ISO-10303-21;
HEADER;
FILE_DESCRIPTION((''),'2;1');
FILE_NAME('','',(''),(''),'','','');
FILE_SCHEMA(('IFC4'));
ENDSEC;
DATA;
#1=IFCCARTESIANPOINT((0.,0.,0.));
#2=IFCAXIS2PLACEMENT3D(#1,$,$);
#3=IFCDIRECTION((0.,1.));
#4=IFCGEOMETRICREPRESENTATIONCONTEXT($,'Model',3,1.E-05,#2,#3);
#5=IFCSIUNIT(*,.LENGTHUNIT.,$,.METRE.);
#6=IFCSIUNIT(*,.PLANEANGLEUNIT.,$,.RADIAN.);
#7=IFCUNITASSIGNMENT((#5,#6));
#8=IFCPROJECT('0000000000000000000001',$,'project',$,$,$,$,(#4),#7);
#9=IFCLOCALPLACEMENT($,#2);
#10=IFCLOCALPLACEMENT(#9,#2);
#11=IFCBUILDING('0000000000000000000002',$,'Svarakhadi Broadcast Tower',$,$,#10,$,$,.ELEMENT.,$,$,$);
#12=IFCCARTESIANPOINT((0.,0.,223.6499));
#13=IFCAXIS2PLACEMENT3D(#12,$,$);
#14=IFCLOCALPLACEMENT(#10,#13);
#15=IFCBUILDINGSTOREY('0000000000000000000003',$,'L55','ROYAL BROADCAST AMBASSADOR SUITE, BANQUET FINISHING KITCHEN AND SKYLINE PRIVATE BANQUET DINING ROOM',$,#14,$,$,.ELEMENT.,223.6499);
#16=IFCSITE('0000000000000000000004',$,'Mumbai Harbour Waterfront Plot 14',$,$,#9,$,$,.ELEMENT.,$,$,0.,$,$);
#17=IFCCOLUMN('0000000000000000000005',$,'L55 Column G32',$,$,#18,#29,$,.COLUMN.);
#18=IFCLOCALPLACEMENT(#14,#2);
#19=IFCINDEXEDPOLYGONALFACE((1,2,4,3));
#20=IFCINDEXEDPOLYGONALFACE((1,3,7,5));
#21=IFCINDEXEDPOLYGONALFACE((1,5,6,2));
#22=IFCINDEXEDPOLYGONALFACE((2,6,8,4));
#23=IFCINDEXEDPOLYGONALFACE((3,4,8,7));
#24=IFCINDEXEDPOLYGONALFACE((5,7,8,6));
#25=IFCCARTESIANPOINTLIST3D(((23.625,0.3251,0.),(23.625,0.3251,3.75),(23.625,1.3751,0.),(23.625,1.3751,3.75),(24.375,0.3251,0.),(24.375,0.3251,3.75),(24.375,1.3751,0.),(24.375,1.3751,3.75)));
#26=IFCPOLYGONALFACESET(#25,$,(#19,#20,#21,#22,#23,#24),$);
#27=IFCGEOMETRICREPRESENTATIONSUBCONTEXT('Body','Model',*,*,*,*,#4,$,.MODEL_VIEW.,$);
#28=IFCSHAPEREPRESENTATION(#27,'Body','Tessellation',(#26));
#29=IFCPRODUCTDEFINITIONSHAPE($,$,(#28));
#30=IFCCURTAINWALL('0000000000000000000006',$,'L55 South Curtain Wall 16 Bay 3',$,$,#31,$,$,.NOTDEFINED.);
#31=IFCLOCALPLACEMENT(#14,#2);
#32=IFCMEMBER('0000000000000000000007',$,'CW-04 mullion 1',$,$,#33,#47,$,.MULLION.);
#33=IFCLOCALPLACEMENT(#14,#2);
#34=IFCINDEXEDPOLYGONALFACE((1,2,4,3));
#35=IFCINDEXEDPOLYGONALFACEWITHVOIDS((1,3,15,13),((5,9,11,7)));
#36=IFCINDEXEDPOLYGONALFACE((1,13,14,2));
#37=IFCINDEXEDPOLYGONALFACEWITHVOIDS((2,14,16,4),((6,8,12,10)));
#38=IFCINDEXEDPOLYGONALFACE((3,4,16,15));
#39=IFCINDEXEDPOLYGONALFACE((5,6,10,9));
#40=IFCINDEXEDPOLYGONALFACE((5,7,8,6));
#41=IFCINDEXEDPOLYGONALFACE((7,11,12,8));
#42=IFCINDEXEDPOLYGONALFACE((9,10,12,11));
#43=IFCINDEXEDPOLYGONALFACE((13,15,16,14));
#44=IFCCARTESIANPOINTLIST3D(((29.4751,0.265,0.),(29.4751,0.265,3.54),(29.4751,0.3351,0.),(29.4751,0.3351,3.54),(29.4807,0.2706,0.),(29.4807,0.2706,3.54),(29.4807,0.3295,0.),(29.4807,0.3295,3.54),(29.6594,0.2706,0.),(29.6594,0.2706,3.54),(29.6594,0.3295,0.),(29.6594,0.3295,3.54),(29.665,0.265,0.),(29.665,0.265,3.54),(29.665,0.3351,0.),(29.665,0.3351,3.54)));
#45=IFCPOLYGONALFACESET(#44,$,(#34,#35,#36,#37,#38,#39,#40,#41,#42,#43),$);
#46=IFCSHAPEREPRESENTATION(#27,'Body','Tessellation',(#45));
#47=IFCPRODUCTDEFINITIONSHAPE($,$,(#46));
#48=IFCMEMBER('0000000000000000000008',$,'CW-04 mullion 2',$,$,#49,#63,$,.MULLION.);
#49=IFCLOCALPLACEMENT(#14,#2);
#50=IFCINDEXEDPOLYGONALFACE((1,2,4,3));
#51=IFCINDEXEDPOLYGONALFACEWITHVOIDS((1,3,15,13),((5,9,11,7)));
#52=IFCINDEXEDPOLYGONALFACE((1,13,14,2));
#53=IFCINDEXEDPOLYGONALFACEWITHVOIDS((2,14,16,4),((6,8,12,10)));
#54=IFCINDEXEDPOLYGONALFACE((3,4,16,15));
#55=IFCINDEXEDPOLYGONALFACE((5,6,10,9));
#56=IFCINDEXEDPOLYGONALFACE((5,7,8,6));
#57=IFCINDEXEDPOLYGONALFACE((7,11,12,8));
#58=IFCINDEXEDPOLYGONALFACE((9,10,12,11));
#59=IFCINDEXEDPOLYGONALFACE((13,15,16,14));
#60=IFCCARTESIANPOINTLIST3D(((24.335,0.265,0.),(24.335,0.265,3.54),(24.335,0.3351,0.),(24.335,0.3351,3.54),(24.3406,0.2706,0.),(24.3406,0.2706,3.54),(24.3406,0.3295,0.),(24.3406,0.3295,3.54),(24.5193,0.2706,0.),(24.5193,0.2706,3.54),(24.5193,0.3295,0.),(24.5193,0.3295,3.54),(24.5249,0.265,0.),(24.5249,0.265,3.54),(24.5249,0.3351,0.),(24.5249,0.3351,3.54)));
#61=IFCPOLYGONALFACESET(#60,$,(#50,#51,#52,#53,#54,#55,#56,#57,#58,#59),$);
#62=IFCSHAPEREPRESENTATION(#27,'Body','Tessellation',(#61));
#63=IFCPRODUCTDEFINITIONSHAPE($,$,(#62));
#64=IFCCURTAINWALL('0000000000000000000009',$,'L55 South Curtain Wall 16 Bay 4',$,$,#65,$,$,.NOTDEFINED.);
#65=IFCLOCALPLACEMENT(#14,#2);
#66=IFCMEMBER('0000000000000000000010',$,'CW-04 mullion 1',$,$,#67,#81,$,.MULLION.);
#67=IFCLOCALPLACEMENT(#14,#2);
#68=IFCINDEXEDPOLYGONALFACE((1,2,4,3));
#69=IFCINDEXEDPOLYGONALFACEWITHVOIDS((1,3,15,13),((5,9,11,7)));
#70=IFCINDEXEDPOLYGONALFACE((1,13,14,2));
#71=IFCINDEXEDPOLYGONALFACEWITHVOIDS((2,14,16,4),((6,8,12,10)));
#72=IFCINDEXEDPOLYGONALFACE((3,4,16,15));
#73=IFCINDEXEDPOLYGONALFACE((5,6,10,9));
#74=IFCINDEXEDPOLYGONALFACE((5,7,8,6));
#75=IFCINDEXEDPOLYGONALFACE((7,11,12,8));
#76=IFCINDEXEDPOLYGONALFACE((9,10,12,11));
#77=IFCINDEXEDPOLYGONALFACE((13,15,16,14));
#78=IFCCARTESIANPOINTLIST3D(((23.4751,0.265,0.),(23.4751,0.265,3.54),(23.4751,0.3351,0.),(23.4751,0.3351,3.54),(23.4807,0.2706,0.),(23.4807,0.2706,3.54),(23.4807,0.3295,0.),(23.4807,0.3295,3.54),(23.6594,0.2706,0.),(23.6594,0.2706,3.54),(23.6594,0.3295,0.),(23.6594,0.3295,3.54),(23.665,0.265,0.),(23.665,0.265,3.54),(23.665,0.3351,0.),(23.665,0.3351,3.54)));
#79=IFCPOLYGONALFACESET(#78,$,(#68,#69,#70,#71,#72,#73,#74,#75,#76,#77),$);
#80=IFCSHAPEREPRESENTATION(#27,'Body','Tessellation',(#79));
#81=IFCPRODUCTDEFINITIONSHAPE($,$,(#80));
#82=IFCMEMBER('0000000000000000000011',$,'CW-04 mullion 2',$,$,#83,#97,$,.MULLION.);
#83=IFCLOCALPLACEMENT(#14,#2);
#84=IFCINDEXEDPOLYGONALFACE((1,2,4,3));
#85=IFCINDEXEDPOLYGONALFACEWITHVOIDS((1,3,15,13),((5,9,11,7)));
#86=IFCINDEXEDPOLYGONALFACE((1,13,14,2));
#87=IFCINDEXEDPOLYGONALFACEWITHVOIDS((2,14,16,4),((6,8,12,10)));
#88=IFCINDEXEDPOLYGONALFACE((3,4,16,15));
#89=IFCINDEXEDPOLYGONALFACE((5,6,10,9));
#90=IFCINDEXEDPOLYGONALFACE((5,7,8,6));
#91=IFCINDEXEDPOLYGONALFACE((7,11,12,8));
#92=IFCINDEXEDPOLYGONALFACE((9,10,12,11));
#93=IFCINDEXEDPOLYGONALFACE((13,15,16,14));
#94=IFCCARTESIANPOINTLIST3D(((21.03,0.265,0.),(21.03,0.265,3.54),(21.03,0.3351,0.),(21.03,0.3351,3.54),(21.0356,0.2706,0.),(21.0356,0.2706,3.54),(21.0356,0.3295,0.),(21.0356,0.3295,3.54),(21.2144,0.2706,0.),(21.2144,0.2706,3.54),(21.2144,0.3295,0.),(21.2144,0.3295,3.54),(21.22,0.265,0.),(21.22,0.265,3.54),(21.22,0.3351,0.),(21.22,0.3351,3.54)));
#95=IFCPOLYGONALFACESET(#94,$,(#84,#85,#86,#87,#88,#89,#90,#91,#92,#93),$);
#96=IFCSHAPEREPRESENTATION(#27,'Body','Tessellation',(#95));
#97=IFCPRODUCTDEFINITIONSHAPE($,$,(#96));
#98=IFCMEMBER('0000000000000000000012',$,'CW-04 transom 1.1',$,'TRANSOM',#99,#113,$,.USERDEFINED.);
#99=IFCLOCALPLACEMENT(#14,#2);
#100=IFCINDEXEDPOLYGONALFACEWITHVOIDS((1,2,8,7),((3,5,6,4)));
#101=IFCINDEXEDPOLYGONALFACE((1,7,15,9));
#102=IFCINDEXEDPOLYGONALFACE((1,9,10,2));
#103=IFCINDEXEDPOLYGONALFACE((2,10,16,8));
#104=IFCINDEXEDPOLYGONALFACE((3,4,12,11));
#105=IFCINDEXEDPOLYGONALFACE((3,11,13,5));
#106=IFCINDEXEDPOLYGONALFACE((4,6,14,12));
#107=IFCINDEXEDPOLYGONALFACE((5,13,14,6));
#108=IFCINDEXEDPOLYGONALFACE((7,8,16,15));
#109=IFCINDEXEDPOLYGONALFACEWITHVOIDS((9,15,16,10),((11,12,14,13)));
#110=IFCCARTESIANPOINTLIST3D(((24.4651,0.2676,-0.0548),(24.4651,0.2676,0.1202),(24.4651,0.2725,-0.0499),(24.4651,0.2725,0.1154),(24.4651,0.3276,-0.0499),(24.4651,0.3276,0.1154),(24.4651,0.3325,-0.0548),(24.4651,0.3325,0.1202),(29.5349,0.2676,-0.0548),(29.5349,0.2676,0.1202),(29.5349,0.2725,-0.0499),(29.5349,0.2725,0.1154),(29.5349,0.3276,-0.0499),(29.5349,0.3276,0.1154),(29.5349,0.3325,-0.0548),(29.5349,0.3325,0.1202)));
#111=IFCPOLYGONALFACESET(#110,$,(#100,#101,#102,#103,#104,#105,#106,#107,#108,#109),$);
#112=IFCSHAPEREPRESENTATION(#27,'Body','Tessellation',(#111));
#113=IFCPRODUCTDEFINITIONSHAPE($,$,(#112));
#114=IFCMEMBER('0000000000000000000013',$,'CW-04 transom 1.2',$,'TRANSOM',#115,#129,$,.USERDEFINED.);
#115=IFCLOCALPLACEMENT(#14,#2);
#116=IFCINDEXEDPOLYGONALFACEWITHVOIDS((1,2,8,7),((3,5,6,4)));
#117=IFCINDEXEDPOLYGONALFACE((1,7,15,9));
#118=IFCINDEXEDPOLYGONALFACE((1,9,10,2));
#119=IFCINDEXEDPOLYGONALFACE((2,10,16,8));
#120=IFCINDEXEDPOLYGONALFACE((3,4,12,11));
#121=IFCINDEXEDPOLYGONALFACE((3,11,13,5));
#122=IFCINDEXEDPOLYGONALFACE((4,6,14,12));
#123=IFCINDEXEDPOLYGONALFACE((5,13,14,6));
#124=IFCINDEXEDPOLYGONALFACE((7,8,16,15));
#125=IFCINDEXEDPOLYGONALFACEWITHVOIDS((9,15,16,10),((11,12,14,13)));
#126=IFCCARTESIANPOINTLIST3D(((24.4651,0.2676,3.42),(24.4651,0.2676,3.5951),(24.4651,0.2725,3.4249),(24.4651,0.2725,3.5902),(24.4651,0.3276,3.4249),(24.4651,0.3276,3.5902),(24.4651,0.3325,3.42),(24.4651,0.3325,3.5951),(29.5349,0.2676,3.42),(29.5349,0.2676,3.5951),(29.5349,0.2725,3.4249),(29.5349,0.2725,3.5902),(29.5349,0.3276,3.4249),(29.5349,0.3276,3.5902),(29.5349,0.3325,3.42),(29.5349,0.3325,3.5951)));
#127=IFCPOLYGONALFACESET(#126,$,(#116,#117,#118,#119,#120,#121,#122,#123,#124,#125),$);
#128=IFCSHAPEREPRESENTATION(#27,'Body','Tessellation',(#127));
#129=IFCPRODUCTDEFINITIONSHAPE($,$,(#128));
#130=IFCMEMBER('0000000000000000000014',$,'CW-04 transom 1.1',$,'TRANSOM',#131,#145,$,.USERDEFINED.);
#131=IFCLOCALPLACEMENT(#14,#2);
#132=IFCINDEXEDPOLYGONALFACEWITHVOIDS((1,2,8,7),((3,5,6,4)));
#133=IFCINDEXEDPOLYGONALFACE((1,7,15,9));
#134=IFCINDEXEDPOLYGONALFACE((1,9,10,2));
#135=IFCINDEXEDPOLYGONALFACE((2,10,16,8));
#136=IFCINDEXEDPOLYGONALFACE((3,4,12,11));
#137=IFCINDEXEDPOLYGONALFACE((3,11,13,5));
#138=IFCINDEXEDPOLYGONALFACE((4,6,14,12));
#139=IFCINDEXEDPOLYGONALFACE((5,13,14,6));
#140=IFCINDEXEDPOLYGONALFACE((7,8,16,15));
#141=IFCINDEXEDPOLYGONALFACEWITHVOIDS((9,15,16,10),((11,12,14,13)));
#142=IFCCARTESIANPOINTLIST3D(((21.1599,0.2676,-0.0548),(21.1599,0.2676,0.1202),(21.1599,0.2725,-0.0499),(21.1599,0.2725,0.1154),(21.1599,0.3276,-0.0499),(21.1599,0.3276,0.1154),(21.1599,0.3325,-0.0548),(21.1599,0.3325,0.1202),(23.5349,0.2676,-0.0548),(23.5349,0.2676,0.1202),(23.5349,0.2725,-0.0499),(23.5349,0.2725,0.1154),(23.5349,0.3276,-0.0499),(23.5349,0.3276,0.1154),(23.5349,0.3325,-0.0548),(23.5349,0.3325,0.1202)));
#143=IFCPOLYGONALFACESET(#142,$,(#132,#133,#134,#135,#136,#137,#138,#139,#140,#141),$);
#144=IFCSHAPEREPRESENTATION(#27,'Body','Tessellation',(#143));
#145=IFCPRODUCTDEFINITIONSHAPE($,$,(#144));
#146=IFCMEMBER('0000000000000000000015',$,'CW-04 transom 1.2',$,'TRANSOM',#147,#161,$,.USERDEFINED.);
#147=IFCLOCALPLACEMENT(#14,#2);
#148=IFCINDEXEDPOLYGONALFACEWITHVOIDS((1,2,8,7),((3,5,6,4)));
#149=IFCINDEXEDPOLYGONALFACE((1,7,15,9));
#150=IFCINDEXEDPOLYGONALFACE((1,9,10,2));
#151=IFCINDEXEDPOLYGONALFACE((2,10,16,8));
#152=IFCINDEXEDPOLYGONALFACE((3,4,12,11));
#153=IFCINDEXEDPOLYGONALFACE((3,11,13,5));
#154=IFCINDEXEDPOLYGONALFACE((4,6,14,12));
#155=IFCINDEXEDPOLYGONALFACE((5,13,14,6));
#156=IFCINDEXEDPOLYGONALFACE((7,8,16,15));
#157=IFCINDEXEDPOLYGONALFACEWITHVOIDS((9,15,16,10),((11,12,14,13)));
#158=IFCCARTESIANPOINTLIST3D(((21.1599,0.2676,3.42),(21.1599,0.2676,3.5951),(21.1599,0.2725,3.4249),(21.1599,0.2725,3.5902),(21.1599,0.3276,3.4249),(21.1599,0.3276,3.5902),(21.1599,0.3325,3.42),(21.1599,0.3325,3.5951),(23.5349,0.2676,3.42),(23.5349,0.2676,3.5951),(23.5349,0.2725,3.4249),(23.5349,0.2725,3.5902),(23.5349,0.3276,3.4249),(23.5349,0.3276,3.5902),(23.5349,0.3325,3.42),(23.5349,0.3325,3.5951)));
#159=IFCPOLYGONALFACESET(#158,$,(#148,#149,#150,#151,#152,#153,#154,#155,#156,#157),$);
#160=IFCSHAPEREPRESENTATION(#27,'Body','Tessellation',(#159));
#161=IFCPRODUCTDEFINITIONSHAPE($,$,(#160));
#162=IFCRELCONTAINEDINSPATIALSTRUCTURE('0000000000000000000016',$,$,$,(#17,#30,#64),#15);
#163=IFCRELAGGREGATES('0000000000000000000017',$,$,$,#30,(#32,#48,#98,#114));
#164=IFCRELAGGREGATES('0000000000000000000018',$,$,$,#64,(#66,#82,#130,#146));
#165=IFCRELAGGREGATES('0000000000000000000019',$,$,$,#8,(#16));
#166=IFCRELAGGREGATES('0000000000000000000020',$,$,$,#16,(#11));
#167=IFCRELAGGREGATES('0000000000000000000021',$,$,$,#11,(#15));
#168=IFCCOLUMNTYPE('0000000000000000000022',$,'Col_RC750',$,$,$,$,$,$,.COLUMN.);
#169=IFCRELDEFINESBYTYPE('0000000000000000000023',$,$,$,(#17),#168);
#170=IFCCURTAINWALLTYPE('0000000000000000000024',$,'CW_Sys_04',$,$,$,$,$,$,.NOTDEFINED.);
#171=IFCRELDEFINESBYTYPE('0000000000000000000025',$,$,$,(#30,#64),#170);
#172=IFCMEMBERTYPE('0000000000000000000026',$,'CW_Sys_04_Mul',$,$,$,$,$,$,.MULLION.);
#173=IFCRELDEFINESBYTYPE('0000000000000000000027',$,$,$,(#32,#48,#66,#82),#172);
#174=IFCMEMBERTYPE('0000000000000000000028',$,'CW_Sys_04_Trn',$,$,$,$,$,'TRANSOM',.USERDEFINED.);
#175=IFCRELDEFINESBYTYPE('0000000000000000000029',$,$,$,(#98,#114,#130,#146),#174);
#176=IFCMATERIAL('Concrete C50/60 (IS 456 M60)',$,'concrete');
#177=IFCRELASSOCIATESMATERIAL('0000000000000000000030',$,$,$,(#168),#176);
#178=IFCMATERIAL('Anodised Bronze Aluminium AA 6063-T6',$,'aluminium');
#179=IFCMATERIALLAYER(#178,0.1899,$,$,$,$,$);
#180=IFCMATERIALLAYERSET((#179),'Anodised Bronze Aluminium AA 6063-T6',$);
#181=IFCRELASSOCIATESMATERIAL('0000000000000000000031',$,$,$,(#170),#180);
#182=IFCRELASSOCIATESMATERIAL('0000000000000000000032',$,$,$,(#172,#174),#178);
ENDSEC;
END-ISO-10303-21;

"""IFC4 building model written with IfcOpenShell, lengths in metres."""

from ifc_helpers import new_model, si_unit, direction, frame, origin, origin_2d, place, context, subcontext, project, spatial, rectangle, hollow_rectangle, extrude, material, layer, layer_set, material_profile, profile_set, type_object, element, aggregate, save


model = new_model("IFC4")

# Units and contexts
model_context = context("Model", 3, precision=1e-05, world=origin(), true_north=direction((0.0, 1.0)))
body_context = subcontext(model_context, "Body", "Model", "MODEL_VIEW")
ifc_project = project(units=[si_unit("LENGTHUNIT", "METRE"), si_unit("PLANEANGLEUNIT", "RADIAN")], contexts=[model_context])

# Site, building, storey
site_placement = place(None, origin())
site = spatial("IfcSite", under=ifc_project, at=site_placement, Name="Mumbai Harbour Waterfront Plot 14", CompositionType="ELEMENT", RefElevation=0.0)
building_placement = place(site_placement, origin())
building = spatial("IfcBuilding", under=site, at=building_placement, Name="Svarakhadi Broadcast Tower", CompositionType="ELEMENT")
storey_placement = place(building_placement, frame((0.0, 0.0, 223.6499)))
storey = spatial("IfcBuildingStorey", under=building, at=storey_placement, Name="L55", Description="ROYAL BROADCAST AMBASSADOR SUITE, BANQUET FINISHING KITCHEN AND SKYLINE PRIVATE BANQUET DINING ROOM", CompositionType="ELEMENT", Elevation=223.6499)

# Column
ifc_material_1 = material(Name="Concrete C50/60 (IS 456 M60)", Category="concrete")
ifc_material_profile_1 = material_profile(ifc_material_1, rectangle(XDim=0.75, YDim=1.05, at=origin_2d()), Name="RC 750x1050")
ifc_profile_set_1 = profile_set([ifc_material_profile_1], Name="Concrete C50/60 (IS 456 M60)")
column_type = type_object("IfcColumnType", Name="Col_RC750", PredefinedType="COLUMN", material=ifc_profile_set_1)
column_placement = place(storey_placement, frame((24.0, 0.8501, 0.0), z_axis=(0.0, 0.0, 1.0), x_axis=(1.0, 0.0, 0.0)))
element("IfcColumn", 1, at=column_placement, inside=storey, type_object=column_type, Name="L55 Column G32", PredefinedType="COLUMN", context=body_context, shape_type="SweptSolid", body=[
    extrude(rectangle(XDim=0.75, YDim=1.05, at=origin_2d()), origin(), (0.0, 0.0, 1.0), 3.75),
])

# Curtain walls, members
ifc_material_2 = material(Name="Anodised Bronze Aluminium AA 6063-T6", Category="aluminium")
ifc_layer_1 = layer(ifc_material_2, 0.1899)
ifc_layer_set_1 = layer_set([ifc_layer_1], Name="Anodised Bronze Aluminium AA 6063-T6")
curtain_wall_type = type_object("IfcCurtainWallType", Name="CW_Sys_04", PredefinedType="NOTDEFINED", material=ifc_layer_set_1)
curtain_wall_1_placement = place(storey_placement, origin())
curtain_wall_1 = element("IfcCurtainWall", 2, at=curtain_wall_1_placement, inside=storey, type_object=curtain_wall_type, Name="L55 South Curtain Wall 16 Bay 3", PredefinedType="NOTDEFINED")
ifc_material_profile_2 = material_profile(ifc_material_2, hollow_rectangle(XDim=0.0701, YDim=0.1899, WallThickness=0.0056, at=origin_2d()), Name="ALU MULLION 190x70x6")
ifc_profile_set_2 = profile_set([ifc_material_profile_2], Name="Anodised Bronze Aluminium AA 6063-T6")
member_type_1 = type_object("IfcMemberType", Name="CW_Sys_04_Mul", PredefinedType="MULLION", material=ifc_profile_set_2)
member_1_placement = place(storey_placement, frame((29.5701, 0.3, 0.0), z_axis=(0.0, 0.0, 1.0), x_axis=(0.0, -1.0, 0.0)))
member_1 = element("IfcMember", 3, at=member_1_placement, type_object=member_type_1, Name="CW-04 mullion 1", PredefinedType="MULLION", context=body_context, shape_type="SweptSolid", body=[
    extrude(hollow_rectangle(XDim=0.0701, YDim=0.1899, WallThickness=0.0056, at=origin_2d()), origin(), (0.0, 0.0, 1.0), 3.54),
])
member_2_placement = place(storey_placement, frame((24.4299, 0.3, 0.0), z_axis=(0.0, 0.0, 1.0), x_axis=(0.0, -1.0, 0.0)))
member_2 = element("IfcMember", 4, at=member_2_placement, type_object=member_type_1, Name="CW-04 mullion 2", PredefinedType="MULLION", context=body_context, shape_type="SweptSolid", body=[
    extrude(hollow_rectangle(XDim=0.0701, YDim=0.1899, WallThickness=0.0056, at=origin_2d()), origin(), (0.0, 0.0, 1.0), 3.54),
])
curtain_wall_2_placement = place(storey_placement, origin())
curtain_wall_2 = element("IfcCurtainWall", 5, at=curtain_wall_2_placement, inside=storey, type_object=curtain_wall_type, Name="L55 South Curtain Wall 16 Bay 4", PredefinedType="NOTDEFINED")
member_3_placement = place(storey_placement, frame((23.5701, 0.3, 0.0), z_axis=(0.0, 0.0, 1.0), x_axis=(0.0, -1.0, 0.0)))
member_3 = element("IfcMember", 6, at=member_3_placement, type_object=member_type_1, Name="CW-04 mullion 1", PredefinedType="MULLION", context=body_context, shape_type="SweptSolid", body=[
    extrude(hollow_rectangle(XDim=0.0701, YDim=0.1899, WallThickness=0.0056, at=origin_2d()), origin(), (0.0, 0.0, 1.0), 3.54),
])
member_4_placement = place(storey_placement, frame((21.125, 0.3, 0.0), z_axis=(0.0, 0.0, 1.0), x_axis=(0.0, -1.0, 0.0)))
member_4 = element("IfcMember", 7, at=member_4_placement, type_object=member_type_1, Name="CW-04 mullion 2", PredefinedType="MULLION", context=body_context, shape_type="SweptSolid", body=[
    extrude(hollow_rectangle(XDim=0.0701, YDim=0.1899, WallThickness=0.0056, at=origin_2d()), origin(), (0.0, 0.0, 1.0), 3.54),
])

# Members
ifc_material_profile_3 = material_profile(ifc_material_2, hollow_rectangle(XDim=0.0649, YDim=0.175, WallThickness=0.0049, at=origin_2d()), Name="ALU TRANSOM 175x65x5")
ifc_profile_set_3 = profile_set([ifc_material_profile_3], Name="Anodised Bronze Aluminium AA 6063-T6")
member_type_2 = type_object("IfcMemberType", Name="CW_Sys_04_Trn", ElementType="TRANSOM", PredefinedType="USERDEFINED", material=ifc_profile_set_3)
member_5_placement = place(storey_placement, frame((29.5349, 0.3, 0.0327), z_axis=(-1.0, 0.0, 0.0), x_axis=(0.0, -1.0, 0.0)))
member_5 = element("IfcMember", 8, at=member_5_placement, type_object=member_type_2, Name="CW-04 transom 1.1", ObjectType="TRANSOM", PredefinedType="USERDEFINED", context=body_context, shape_type="SweptSolid", body=[
    extrude(hollow_rectangle(XDim=0.0649, YDim=0.175, WallThickness=0.0049, at=origin_2d()), origin(), (0.0, 0.0, 1.0), 5.0698),
])
member_6_placement = place(storey_placement, frame((29.5349, 0.3, 3.5076), z_axis=(-1.0, 0.0, 0.0), x_axis=(0.0, -1.0, 0.0)))
member_6 = element("IfcMember", 9, at=member_6_placement, type_object=member_type_2, Name="CW-04 transom 1.2", ObjectType="TRANSOM", PredefinedType="USERDEFINED", context=body_context, shape_type="SweptSolid", body=[
    extrude(hollow_rectangle(XDim=0.0649, YDim=0.175, WallThickness=0.0049, at=origin_2d()), origin(), (0.0, 0.0, 1.0), 5.0698),
])
member_7_placement = place(storey_placement, frame((23.5349, 0.3, 0.0327), z_axis=(-1.0, 0.0, 0.0), x_axis=(0.0, -1.0, 0.0)))
member_7 = element("IfcMember", 10, at=member_7_placement, type_object=member_type_2, Name="CW-04 transom 1.1", ObjectType="TRANSOM", PredefinedType="USERDEFINED", context=body_context, shape_type="SweptSolid", body=[
    extrude(hollow_rectangle(XDim=0.0649, YDim=0.175, WallThickness=0.0049, at=origin_2d()), origin(), (0.0, 0.0, 1.0), 2.375),
])
member_8_placement = place(storey_placement, frame((23.5349, 0.3, 3.5076), z_axis=(-1.0, 0.0, 0.0), x_axis=(0.0, -1.0, 0.0)))
member_8 = element("IfcMember", 11, at=member_8_placement, type_object=member_type_2, Name="CW-04 transom 1.2", ObjectType="TRANSOM", PredefinedType="USERDEFINED", context=body_context, shape_type="SweptSolid", body=[
    extrude(hollow_rectangle(XDim=0.0649, YDim=0.175, WallThickness=0.0049, at=origin_2d()), origin(), (0.0, 0.0, 1.0), 2.375),
])

aggregate(curtain_wall_1, [member_1, member_2, member_5, member_6])
aggregate(curtain_wall_2, [member_3, member_4, member_7, member_8])

save(model, "model.ifc")
